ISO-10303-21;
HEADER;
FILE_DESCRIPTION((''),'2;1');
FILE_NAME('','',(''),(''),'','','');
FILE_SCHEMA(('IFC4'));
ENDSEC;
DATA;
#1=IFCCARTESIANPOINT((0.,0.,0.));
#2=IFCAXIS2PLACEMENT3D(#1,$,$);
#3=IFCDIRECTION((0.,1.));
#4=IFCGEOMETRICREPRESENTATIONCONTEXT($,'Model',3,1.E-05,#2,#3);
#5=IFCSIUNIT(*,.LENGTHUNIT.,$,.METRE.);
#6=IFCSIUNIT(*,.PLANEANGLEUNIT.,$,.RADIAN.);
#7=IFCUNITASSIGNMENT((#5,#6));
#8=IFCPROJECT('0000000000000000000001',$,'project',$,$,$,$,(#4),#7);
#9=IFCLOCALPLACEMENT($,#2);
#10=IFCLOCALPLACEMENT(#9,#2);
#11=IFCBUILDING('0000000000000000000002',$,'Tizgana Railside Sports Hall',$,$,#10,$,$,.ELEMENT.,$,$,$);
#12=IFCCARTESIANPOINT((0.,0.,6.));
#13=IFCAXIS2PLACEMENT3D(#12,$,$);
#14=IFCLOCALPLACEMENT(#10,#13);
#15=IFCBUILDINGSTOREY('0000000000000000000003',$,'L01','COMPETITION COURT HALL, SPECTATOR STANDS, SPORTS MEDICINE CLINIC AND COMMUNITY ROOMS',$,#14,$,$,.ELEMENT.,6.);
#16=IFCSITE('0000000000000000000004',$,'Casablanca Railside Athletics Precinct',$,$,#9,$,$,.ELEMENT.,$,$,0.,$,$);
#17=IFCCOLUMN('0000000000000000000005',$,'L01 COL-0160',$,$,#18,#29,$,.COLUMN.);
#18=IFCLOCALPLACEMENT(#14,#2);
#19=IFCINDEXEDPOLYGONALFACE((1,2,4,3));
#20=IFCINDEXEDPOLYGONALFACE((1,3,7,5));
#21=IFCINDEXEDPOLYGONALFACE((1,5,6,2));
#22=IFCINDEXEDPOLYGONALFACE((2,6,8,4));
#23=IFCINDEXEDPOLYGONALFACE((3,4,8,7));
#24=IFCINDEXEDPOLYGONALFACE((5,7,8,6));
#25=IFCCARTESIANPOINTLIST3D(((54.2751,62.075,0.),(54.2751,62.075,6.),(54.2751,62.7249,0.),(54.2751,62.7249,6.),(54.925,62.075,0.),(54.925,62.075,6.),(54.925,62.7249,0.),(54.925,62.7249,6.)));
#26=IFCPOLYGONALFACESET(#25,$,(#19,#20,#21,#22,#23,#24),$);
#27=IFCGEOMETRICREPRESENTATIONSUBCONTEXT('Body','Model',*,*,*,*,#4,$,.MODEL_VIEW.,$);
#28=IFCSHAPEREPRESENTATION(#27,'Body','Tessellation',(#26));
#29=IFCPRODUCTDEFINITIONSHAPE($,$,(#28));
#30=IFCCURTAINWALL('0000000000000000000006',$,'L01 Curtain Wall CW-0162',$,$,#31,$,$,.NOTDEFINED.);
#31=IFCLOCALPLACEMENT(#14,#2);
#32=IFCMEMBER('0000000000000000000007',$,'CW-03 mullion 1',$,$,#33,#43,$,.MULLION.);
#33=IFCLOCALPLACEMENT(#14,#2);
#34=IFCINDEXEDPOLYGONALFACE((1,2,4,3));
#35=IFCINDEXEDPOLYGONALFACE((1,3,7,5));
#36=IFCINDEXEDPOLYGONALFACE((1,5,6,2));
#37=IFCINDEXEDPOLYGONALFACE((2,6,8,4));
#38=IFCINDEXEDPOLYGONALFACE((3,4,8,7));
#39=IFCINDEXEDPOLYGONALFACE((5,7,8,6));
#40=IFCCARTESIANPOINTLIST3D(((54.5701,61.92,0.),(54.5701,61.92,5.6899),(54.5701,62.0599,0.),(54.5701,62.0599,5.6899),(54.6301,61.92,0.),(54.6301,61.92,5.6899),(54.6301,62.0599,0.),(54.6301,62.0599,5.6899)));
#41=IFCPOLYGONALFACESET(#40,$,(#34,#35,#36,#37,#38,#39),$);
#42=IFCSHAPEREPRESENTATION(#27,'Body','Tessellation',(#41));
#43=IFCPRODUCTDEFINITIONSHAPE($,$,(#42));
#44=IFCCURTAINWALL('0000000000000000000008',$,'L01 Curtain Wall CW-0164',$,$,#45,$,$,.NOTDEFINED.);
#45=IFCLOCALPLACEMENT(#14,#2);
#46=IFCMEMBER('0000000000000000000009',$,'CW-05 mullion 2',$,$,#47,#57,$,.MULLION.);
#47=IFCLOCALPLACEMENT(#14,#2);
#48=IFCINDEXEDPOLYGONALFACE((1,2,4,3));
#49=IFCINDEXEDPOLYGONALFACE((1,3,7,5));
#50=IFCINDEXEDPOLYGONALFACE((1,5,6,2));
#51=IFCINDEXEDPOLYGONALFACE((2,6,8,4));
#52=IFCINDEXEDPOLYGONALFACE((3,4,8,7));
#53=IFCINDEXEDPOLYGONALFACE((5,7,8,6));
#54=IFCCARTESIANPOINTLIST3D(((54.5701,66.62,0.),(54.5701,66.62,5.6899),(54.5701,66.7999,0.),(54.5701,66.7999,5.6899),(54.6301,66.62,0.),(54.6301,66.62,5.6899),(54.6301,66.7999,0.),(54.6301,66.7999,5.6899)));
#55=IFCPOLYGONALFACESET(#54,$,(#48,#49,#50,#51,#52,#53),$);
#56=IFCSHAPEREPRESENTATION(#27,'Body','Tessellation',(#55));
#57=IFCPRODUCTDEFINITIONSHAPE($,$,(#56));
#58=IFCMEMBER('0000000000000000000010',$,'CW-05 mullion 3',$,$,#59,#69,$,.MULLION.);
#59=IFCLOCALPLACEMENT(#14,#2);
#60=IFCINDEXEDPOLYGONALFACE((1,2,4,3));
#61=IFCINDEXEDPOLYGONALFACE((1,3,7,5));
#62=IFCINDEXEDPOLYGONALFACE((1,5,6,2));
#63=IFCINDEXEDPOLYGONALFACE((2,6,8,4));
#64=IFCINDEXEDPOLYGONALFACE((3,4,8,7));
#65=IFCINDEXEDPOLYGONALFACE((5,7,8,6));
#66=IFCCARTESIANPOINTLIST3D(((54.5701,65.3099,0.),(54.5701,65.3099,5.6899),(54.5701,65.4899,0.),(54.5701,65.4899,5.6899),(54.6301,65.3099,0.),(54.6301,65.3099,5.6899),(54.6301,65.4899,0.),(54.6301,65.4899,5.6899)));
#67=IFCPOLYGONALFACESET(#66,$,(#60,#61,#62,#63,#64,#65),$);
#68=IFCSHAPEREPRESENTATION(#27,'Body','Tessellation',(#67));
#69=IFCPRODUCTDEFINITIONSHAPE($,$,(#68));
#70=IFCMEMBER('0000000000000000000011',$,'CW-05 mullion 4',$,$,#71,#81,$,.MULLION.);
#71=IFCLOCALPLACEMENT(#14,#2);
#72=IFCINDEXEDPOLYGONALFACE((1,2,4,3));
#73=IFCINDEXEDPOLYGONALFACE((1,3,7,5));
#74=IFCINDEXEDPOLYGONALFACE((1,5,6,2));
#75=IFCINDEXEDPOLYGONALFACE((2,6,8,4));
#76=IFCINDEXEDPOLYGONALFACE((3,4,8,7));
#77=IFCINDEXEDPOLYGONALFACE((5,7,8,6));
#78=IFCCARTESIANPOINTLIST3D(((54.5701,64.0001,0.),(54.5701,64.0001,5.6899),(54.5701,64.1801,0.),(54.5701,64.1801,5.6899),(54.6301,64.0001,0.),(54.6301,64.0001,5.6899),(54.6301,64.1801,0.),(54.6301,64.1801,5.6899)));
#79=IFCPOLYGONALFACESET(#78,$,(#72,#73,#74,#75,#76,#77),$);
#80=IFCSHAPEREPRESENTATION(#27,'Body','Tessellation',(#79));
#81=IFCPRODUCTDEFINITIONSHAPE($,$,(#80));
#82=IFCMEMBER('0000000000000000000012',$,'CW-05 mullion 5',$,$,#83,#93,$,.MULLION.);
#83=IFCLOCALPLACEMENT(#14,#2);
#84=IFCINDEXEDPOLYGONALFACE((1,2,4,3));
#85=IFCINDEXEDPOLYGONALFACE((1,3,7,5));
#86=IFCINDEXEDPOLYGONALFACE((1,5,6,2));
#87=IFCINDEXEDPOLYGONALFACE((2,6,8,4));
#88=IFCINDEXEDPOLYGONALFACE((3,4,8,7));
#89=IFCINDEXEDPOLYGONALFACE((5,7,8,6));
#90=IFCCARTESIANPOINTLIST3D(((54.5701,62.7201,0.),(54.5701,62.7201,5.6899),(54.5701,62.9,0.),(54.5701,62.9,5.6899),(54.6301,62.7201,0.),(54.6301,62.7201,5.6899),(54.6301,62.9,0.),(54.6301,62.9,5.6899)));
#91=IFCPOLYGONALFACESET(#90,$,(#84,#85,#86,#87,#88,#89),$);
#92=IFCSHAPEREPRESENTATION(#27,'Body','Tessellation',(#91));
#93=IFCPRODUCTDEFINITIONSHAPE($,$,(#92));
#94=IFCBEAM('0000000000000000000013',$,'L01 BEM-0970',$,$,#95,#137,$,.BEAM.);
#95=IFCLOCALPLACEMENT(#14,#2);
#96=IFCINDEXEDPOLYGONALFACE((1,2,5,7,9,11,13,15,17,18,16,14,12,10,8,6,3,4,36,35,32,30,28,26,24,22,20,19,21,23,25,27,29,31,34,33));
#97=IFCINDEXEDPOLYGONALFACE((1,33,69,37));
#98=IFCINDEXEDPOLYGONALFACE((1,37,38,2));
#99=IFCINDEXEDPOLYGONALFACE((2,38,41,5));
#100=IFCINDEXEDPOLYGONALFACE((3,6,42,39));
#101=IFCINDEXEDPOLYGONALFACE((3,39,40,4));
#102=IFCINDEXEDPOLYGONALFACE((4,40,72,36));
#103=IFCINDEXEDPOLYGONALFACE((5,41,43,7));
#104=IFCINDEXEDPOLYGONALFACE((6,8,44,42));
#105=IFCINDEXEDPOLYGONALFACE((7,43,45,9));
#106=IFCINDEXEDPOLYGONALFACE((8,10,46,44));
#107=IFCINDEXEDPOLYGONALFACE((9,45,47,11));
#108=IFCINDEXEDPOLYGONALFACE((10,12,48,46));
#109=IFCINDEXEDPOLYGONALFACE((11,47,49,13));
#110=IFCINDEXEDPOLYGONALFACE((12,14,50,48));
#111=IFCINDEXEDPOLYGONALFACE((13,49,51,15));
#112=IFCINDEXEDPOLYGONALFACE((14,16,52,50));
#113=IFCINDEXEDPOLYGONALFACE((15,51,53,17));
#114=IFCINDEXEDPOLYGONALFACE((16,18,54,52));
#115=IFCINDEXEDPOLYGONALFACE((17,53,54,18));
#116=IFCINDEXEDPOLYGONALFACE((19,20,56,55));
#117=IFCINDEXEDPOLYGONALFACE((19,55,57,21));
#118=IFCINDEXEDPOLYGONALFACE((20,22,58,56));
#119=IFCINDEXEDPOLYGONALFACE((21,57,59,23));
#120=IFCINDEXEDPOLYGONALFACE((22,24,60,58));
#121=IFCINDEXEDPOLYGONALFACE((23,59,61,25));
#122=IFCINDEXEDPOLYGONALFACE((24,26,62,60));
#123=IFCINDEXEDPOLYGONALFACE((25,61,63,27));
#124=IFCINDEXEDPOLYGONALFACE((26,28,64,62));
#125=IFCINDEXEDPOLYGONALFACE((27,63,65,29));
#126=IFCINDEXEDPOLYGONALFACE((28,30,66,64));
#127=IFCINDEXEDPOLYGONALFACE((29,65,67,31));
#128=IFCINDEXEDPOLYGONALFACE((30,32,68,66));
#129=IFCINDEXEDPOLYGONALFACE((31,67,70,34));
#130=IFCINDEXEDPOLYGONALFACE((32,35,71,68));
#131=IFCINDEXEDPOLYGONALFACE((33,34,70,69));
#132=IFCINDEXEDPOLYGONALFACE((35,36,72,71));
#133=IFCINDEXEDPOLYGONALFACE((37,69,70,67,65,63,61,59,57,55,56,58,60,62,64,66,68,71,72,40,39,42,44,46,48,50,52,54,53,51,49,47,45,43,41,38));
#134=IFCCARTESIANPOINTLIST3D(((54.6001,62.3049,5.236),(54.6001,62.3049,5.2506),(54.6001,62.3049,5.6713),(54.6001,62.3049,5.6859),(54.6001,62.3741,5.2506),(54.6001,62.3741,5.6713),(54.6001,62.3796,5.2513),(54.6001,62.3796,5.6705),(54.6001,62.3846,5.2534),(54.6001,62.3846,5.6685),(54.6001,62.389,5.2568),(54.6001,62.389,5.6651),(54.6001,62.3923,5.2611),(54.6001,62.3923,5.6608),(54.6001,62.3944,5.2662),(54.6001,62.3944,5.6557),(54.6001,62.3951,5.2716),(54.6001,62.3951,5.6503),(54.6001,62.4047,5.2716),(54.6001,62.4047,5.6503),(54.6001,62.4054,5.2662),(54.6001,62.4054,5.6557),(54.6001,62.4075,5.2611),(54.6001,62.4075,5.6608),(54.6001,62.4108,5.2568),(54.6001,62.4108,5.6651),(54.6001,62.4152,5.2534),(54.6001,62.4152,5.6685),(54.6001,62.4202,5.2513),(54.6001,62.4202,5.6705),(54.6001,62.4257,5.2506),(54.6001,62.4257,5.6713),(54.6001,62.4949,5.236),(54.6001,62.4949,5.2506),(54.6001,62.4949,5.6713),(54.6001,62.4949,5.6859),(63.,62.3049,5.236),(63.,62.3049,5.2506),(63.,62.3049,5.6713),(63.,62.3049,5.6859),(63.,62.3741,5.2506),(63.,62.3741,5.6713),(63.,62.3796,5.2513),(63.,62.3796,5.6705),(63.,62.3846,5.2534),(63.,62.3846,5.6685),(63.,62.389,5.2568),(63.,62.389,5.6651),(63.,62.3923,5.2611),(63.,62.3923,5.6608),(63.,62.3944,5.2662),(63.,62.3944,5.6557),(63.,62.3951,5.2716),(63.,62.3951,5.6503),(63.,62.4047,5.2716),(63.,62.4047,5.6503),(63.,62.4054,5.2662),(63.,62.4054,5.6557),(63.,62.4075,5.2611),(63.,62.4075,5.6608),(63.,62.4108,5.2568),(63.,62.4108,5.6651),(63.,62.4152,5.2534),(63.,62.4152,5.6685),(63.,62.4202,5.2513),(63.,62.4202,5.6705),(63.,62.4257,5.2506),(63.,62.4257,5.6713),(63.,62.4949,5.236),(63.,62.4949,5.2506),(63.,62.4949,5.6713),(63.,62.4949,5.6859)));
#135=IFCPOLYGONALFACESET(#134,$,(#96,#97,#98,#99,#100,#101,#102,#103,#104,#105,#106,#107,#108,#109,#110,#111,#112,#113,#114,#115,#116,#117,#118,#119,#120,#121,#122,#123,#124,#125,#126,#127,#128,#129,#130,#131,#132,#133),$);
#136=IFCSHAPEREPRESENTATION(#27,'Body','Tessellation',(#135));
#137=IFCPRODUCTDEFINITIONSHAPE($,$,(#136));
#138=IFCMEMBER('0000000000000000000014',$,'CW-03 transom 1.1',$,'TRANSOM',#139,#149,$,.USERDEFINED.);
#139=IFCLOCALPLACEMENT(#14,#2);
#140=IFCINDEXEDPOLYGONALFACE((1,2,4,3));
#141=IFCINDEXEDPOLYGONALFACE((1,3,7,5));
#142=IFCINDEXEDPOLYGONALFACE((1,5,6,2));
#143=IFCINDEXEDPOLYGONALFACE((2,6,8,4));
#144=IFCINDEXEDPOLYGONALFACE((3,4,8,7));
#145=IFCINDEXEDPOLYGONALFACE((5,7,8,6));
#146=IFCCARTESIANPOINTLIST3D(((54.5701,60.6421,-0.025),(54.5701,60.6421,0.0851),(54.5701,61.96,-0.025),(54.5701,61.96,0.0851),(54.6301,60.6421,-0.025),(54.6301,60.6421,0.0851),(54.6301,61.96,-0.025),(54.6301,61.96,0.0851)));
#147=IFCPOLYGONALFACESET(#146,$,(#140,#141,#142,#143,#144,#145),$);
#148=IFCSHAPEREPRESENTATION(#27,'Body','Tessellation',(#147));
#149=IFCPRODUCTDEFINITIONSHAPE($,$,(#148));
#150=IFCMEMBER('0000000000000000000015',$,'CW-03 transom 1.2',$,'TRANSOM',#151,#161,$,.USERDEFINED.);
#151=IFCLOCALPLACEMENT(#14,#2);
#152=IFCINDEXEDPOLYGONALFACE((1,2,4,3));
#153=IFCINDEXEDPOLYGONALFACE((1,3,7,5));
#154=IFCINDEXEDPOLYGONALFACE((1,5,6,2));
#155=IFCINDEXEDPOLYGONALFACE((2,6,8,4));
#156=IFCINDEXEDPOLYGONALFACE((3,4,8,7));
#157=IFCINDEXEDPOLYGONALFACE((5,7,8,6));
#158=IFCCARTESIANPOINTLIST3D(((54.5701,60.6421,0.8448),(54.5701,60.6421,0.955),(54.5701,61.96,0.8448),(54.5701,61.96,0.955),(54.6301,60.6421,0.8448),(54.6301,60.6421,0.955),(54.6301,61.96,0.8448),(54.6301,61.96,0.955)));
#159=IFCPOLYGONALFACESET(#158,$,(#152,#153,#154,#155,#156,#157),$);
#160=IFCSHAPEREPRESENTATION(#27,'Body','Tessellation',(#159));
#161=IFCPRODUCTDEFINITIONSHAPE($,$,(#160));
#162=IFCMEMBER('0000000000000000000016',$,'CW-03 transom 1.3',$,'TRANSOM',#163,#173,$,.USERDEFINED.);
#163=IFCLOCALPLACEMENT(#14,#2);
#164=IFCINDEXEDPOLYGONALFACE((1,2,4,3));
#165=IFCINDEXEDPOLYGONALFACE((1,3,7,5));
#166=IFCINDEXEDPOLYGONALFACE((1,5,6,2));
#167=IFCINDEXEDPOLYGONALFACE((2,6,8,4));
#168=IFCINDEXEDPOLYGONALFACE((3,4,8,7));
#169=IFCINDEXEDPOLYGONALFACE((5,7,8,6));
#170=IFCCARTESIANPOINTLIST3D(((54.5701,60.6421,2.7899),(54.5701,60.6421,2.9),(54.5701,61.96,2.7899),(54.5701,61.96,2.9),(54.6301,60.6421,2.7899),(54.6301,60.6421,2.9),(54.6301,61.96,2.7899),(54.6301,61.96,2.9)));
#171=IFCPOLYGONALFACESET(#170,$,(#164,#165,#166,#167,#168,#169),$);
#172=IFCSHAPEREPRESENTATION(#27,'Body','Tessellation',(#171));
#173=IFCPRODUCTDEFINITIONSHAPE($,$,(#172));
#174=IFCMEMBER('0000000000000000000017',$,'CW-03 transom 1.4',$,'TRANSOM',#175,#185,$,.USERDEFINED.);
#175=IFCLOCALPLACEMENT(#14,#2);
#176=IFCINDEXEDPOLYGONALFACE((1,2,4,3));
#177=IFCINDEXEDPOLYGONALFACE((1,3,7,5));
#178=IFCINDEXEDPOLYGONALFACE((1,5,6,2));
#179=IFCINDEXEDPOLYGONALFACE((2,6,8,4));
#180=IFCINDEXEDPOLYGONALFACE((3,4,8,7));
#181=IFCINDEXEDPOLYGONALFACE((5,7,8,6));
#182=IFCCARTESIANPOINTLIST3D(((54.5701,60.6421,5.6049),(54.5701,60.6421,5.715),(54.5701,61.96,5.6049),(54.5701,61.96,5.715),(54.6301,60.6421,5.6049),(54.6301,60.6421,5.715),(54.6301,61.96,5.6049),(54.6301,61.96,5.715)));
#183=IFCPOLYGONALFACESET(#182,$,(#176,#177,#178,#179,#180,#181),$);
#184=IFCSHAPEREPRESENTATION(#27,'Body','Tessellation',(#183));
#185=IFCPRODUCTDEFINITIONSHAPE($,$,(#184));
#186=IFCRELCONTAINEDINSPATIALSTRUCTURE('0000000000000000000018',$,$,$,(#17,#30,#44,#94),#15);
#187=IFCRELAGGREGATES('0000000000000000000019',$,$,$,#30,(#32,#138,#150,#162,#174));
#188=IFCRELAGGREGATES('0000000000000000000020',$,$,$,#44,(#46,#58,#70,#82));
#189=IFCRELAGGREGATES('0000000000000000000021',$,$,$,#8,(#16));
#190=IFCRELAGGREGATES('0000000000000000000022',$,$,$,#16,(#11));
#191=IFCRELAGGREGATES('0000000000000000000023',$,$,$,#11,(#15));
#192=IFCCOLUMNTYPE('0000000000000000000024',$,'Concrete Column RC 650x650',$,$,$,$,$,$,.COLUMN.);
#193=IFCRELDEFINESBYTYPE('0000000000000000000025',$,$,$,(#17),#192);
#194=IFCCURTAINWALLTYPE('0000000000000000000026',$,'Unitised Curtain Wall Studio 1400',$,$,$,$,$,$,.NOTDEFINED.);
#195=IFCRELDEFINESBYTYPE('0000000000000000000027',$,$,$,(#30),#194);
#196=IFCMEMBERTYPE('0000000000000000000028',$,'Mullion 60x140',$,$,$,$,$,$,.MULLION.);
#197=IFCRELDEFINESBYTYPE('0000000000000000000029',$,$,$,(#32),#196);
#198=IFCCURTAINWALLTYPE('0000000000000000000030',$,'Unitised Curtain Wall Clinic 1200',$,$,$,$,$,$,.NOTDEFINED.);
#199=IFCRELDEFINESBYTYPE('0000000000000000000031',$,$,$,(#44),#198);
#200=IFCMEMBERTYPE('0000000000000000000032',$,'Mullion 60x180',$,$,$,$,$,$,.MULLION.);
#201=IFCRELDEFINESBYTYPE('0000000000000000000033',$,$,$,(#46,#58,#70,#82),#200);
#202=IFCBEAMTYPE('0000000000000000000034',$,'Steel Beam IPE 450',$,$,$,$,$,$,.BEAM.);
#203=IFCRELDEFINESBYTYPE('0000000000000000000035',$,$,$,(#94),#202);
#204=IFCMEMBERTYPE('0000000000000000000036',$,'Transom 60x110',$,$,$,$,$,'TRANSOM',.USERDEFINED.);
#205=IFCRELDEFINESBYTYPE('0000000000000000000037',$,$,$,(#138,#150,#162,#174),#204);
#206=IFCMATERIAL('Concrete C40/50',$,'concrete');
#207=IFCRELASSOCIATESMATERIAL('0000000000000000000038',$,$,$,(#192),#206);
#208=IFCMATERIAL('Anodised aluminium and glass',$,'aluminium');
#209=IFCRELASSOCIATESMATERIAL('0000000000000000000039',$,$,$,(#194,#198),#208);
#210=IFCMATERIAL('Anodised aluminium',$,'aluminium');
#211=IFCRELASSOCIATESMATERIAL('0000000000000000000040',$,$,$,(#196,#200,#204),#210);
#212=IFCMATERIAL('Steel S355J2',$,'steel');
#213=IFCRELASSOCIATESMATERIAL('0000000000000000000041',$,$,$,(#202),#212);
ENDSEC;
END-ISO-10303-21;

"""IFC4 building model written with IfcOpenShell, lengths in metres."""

from ifc_helpers import new_model, si_unit, direction, frame, origin, origin_2d, place, context, subcontext, project, spatial, rectangle, i_section, extrude, material, material_profile, profile_set, type_object, element, aggregate, save


model = new_model("IFC4")

# Units and contexts
model_context = context("Model", 3, precision=1e-05, world=origin(), true_north=direction((0.0, 1.0)))
body_context = subcontext(model_context, "Body", "Model", "MODEL_VIEW")
ifc_project = project(units=[si_unit("LENGTHUNIT", "METRE"), si_unit("PLANEANGLEUNIT", "RADIAN")], contexts=[model_context])

# Site, building, storey
site_placement = place(None, origin())
site = spatial("IfcSite", under=ifc_project, at=site_placement, Name="Casablanca Railside Athletics Precinct", CompositionType="ELEMENT", RefElevation=0.0)
building_placement = place(site_placement, origin())
building = spatial("IfcBuilding", under=site, at=building_placement, Name="Tizgana Railside Sports Hall", CompositionType="ELEMENT")
storey_placement = place(building_placement, frame((0.0, 0.0, 6.0)))
storey = spatial("IfcBuildingStorey", under=building, at=storey_placement, Name="L01", Description="COMPETITION COURT HALL, SPECTATOR STANDS, SPORTS MEDICINE CLINIC AND COMMUNITY ROOMS", CompositionType="ELEMENT", Elevation=6.0)

# Column
ifc_material_1 = material(Name="Concrete C40/50", Category="concrete")
ifc_material_profile_1 = material_profile(ifc_material_1, rectangle(XDim=0.6499, YDim=0.6499, at=origin_2d()), Name="RC 650x650")
ifc_profile_set_1 = profile_set([ifc_material_profile_1], Name="Concrete C40/50")
column_type = type_object("IfcColumnType", Name="Concrete Column RC 650x650", PredefinedType="COLUMN", material=ifc_profile_set_1)
column_placement = place(storey_placement, frame((54.6001, 62.3999, 0.0), z_axis=(0.0, 0.0, 1.0), x_axis=(1.0, 0.0, 0.0)))
element("IfcColumn", 1, at=column_placement, inside=storey, type_object=column_type, Name="L01 COL-0160", PredefinedType="COLUMN", context=body_context, shape_type="SweptSolid", body=[
    extrude(rectangle(XDim=0.6499, YDim=0.6499, at=origin_2d()), origin(), (0.0, 0.0, 1.0), 6.0),
])

# Curtain wall, member
ifc_material_2 = material(Name="Anodised aluminium and glass", Category="aluminium")
curtain_wall_type_1 = type_object("IfcCurtainWallType", Name="Unitised Curtain Wall Studio 1400", PredefinedType="NOTDEFINED", material=ifc_material_2)
curtain_wall_1_placement = place(storey_placement, origin())
curtain_wall_1 = element("IfcCurtainWall", 2, at=curtain_wall_1_placement, inside=storey, type_object=curtain_wall_type_1, Name="L01 Curtain Wall CW-0162", PredefinedType="NOTDEFINED")
ifc_material_3 = material(Name="Anodised aluminium", Category="aluminium")
ifc_material_profile_2 = material_profile(ifc_material_3, rectangle(XDim=0.0601, YDim=0.1399, at=origin_2d()), Name="Mullion 60x140")
ifc_profile_set_2 = profile_set([ifc_material_profile_2], Name="Anodised aluminium")
member_type_1 = type_object("IfcMemberType", Name="Mullion 60x140", PredefinedType="MULLION", material=ifc_profile_set_2)
member_1_placement = place(storey_placement, frame((54.6001, 61.99, 0.0), z_axis=(0.0, 0.0, 1.0), x_axis=(1.0, 0.0, 0.0)))
member_1 = element("IfcMember", 3, at=member_1_placement, type_object=member_type_1, Name="CW-03 mullion 1", PredefinedType="MULLION", context=body_context, shape_type="SweptSolid", body=[
    extrude(rectangle(XDim=0.0601, YDim=0.1399, at=origin_2d()), origin(), (0.0, 0.0, 1.0), 5.6899),
])

# Curtain wall, members
curtain_wall_type_2 = type_object("IfcCurtainWallType", Name="Unitised Curtain Wall Clinic 1200", PredefinedType="NOTDEFINED", material=ifc_material_2)
curtain_wall_2_placement = place(storey_placement, origin())
curtain_wall_2 = element("IfcCurtainWall", 4, at=curtain_wall_2_placement, inside=storey, type_object=curtain_wall_type_2, Name="L01 Curtain Wall CW-0164", PredefinedType="NOTDEFINED")
ifc_material_profile_3 = material_profile(ifc_material_3, rectangle(XDim=0.0601, YDim=0.1799, at=origin_2d()), Name="Mullion 60x180")
ifc_profile_set_3 = profile_set([ifc_material_profile_3], Name="Anodised aluminium")
member_type_2 = type_object("IfcMemberType", Name="Mullion 60x180", PredefinedType="MULLION", material=ifc_profile_set_3)
member_2_placement = place(storey_placement, frame((54.6001, 66.71, 0.0), z_axis=(0.0, 0.0, 1.0), x_axis=(1.0, 0.0, 0.0)))
member_2 = element("IfcMember", 5, at=member_2_placement, type_object=member_type_2, Name="CW-05 mullion 2", PredefinedType="MULLION", context=body_context, shape_type="SweptSolid", body=[
    extrude(rectangle(XDim=0.0601, YDim=0.1799, at=origin_2d()), origin(), (0.0, 0.0, 1.0), 5.6899),
])
member_3_placement = place(storey_placement, frame((54.6001, 65.3999, 0.0), z_axis=(0.0, 0.0, 1.0), x_axis=(1.0, 0.0, 0.0)))
member_3 = element("IfcMember", 6, at=member_3_placement, type_object=member_type_2, Name="CW-05 mullion 3", PredefinedType="MULLION", context=body_context, shape_type="SweptSolid", body=[
    extrude(rectangle(XDim=0.0601, YDim=0.1799, at=origin_2d()), origin(), (0.0, 0.0, 1.0), 5.6899),
])
member_4_placement = place(storey_placement, frame((54.6001, 64.0901, 0.0), z_axis=(0.0, 0.0, 1.0), x_axis=(1.0, 0.0, 0.0)))
member_4 = element("IfcMember", 7, at=member_4_placement, type_object=member_type_2, Name="CW-05 mullion 4", PredefinedType="MULLION", context=body_context, shape_type="SweptSolid", body=[
    extrude(rectangle(XDim=0.0601, YDim=0.1799, at=origin_2d()), origin(), (0.0, 0.0, 1.0), 5.6899),
])
member_5_placement = place(storey_placement, frame((54.6001, 62.8101, 0.0), z_axis=(0.0, 0.0, 1.0), x_axis=(1.0, 0.0, 0.0)))
member_5 = element("IfcMember", 8, at=member_5_placement, type_object=member_type_2, Name="CW-05 mullion 5", PredefinedType="MULLION", context=body_context, shape_type="SweptSolid", body=[
    extrude(rectangle(XDim=0.0601, YDim=0.1799, at=origin_2d()), origin(), (0.0, 0.0, 1.0), 5.6899),
])

# Beam
ifc_material_4 = material(Name="Steel S355J2", Category="steel")
ifc_material_profile_4 = material_profile(ifc_material_4, i_section(OverallWidth=0.1899, OverallDepth=0.45, WebThickness=0.0095, FlangeThickness=0.0146, FilletRadius=0.021, at=origin_2d()), Name="IPE 450")
ifc_profile_set_4 = profile_set([ifc_material_profile_4], Name="Steel S355J2")
beam_type = type_object("IfcBeamType", Name="Steel Beam IPE 450", PredefinedType="BEAM", material=ifc_profile_set_4)
beam_placement = place(storey_placement, frame((54.6001, 62.3999, 5.4609), z_axis=(1.0, 0.0, 0.0), x_axis=(0.0, 1.0, 0.0)))
element("IfcBeam", 9, at=beam_placement, inside=storey, type_object=beam_type, Name="L01 BEM-0970", PredefinedType="BEAM", context=body_context, shape_type="SweptSolid", body=[
    extrude(i_section(OverallWidth=0.1899, OverallDepth=0.45, WebThickness=0.0095, FlangeThickness=0.0146, FilletRadius=0.021, at=origin_2d()), origin(), (0.0, 0.0, 1.0), 8.3999),
])

# Members
ifc_material_profile_5 = material_profile(ifc_material_3, rectangle(XDim=0.0601, YDim=0.1101, at=origin_2d()), Name="Transom 60x110")
ifc_profile_set_5 = profile_set([ifc_material_profile_5], Name="Anodised aluminium")
member_type_3 = type_object("IfcMemberType", Name="Transom 60x110", ElementType="TRANSOM", PredefinedType="USERDEFINED", material=ifc_profile_set_5)
member_6_placement = place(storey_placement, frame((54.6001, 61.96, 0.03), z_axis=(0.0, -1.0, 0.0), x_axis=(1.0, 0.0, 0.0)))
member_6 = element("IfcMember", 10, at=member_6_placement, type_object=member_type_3, Name="CW-03 transom 1.1", ObjectType="TRANSOM", PredefinedType="USERDEFINED", context=body_context, shape_type="SweptSolid", body=[
    extrude(rectangle(XDim=0.0601, YDim=0.1101, at=origin_2d()), origin(), (0.0, 0.0, 1.0), 1.3179),
])
member_7_placement = place(storey_placement, frame((54.6001, 61.96, 0.8999), z_axis=(0.0, -1.0, 0.0), x_axis=(1.0, 0.0, 0.0)))
member_7 = element("IfcMember", 11, at=member_7_placement, type_object=member_type_3, Name="CW-03 transom 1.2", ObjectType="TRANSOM", PredefinedType="USERDEFINED", context=body_context, shape_type="SweptSolid", body=[
    extrude(rectangle(XDim=0.0601, YDim=0.1101, at=origin_2d()), origin(), (0.0, 0.0, 1.0), 1.3179),
])
member_8_placement = place(storey_placement, frame((54.6001, 61.96, 2.845), z_axis=(0.0, -1.0, 0.0), x_axis=(1.0, 0.0, 0.0)))
member_8 = element("IfcMember", 12, at=member_8_placement, type_object=member_type_3, Name="CW-03 transom 1.3", ObjectType="TRANSOM", PredefinedType="USERDEFINED", context=body_context, shape_type="SweptSolid", body=[
    extrude(rectangle(XDim=0.0601, YDim=0.1101, at=origin_2d()), origin(), (0.0, 0.0, 1.0), 1.3179),
])
member_9_placement = place(storey_placement, frame((54.6001, 61.96, 5.6599), z_axis=(0.0, -1.0, 0.0), x_axis=(1.0, 0.0, 0.0)))
member_9 = element("IfcMember", 13, at=member_9_placement, type_object=member_type_3, Name="CW-03 transom 1.4", ObjectType="TRANSOM", PredefinedType="USERDEFINED", context=body_context, shape_type="SweptSolid", body=[
    extrude(rectangle(XDim=0.0601, YDim=0.1101, at=origin_2d()), origin(), (0.0, 0.0, 1.0), 1.3179),
])
aggregate(curtain_wall_1, [member_1, member_6, member_7, member_8, member_9])

aggregate(curtain_wall_2, [member_2, member_3, member_4, member_5])

save(model, "model.ifc")
